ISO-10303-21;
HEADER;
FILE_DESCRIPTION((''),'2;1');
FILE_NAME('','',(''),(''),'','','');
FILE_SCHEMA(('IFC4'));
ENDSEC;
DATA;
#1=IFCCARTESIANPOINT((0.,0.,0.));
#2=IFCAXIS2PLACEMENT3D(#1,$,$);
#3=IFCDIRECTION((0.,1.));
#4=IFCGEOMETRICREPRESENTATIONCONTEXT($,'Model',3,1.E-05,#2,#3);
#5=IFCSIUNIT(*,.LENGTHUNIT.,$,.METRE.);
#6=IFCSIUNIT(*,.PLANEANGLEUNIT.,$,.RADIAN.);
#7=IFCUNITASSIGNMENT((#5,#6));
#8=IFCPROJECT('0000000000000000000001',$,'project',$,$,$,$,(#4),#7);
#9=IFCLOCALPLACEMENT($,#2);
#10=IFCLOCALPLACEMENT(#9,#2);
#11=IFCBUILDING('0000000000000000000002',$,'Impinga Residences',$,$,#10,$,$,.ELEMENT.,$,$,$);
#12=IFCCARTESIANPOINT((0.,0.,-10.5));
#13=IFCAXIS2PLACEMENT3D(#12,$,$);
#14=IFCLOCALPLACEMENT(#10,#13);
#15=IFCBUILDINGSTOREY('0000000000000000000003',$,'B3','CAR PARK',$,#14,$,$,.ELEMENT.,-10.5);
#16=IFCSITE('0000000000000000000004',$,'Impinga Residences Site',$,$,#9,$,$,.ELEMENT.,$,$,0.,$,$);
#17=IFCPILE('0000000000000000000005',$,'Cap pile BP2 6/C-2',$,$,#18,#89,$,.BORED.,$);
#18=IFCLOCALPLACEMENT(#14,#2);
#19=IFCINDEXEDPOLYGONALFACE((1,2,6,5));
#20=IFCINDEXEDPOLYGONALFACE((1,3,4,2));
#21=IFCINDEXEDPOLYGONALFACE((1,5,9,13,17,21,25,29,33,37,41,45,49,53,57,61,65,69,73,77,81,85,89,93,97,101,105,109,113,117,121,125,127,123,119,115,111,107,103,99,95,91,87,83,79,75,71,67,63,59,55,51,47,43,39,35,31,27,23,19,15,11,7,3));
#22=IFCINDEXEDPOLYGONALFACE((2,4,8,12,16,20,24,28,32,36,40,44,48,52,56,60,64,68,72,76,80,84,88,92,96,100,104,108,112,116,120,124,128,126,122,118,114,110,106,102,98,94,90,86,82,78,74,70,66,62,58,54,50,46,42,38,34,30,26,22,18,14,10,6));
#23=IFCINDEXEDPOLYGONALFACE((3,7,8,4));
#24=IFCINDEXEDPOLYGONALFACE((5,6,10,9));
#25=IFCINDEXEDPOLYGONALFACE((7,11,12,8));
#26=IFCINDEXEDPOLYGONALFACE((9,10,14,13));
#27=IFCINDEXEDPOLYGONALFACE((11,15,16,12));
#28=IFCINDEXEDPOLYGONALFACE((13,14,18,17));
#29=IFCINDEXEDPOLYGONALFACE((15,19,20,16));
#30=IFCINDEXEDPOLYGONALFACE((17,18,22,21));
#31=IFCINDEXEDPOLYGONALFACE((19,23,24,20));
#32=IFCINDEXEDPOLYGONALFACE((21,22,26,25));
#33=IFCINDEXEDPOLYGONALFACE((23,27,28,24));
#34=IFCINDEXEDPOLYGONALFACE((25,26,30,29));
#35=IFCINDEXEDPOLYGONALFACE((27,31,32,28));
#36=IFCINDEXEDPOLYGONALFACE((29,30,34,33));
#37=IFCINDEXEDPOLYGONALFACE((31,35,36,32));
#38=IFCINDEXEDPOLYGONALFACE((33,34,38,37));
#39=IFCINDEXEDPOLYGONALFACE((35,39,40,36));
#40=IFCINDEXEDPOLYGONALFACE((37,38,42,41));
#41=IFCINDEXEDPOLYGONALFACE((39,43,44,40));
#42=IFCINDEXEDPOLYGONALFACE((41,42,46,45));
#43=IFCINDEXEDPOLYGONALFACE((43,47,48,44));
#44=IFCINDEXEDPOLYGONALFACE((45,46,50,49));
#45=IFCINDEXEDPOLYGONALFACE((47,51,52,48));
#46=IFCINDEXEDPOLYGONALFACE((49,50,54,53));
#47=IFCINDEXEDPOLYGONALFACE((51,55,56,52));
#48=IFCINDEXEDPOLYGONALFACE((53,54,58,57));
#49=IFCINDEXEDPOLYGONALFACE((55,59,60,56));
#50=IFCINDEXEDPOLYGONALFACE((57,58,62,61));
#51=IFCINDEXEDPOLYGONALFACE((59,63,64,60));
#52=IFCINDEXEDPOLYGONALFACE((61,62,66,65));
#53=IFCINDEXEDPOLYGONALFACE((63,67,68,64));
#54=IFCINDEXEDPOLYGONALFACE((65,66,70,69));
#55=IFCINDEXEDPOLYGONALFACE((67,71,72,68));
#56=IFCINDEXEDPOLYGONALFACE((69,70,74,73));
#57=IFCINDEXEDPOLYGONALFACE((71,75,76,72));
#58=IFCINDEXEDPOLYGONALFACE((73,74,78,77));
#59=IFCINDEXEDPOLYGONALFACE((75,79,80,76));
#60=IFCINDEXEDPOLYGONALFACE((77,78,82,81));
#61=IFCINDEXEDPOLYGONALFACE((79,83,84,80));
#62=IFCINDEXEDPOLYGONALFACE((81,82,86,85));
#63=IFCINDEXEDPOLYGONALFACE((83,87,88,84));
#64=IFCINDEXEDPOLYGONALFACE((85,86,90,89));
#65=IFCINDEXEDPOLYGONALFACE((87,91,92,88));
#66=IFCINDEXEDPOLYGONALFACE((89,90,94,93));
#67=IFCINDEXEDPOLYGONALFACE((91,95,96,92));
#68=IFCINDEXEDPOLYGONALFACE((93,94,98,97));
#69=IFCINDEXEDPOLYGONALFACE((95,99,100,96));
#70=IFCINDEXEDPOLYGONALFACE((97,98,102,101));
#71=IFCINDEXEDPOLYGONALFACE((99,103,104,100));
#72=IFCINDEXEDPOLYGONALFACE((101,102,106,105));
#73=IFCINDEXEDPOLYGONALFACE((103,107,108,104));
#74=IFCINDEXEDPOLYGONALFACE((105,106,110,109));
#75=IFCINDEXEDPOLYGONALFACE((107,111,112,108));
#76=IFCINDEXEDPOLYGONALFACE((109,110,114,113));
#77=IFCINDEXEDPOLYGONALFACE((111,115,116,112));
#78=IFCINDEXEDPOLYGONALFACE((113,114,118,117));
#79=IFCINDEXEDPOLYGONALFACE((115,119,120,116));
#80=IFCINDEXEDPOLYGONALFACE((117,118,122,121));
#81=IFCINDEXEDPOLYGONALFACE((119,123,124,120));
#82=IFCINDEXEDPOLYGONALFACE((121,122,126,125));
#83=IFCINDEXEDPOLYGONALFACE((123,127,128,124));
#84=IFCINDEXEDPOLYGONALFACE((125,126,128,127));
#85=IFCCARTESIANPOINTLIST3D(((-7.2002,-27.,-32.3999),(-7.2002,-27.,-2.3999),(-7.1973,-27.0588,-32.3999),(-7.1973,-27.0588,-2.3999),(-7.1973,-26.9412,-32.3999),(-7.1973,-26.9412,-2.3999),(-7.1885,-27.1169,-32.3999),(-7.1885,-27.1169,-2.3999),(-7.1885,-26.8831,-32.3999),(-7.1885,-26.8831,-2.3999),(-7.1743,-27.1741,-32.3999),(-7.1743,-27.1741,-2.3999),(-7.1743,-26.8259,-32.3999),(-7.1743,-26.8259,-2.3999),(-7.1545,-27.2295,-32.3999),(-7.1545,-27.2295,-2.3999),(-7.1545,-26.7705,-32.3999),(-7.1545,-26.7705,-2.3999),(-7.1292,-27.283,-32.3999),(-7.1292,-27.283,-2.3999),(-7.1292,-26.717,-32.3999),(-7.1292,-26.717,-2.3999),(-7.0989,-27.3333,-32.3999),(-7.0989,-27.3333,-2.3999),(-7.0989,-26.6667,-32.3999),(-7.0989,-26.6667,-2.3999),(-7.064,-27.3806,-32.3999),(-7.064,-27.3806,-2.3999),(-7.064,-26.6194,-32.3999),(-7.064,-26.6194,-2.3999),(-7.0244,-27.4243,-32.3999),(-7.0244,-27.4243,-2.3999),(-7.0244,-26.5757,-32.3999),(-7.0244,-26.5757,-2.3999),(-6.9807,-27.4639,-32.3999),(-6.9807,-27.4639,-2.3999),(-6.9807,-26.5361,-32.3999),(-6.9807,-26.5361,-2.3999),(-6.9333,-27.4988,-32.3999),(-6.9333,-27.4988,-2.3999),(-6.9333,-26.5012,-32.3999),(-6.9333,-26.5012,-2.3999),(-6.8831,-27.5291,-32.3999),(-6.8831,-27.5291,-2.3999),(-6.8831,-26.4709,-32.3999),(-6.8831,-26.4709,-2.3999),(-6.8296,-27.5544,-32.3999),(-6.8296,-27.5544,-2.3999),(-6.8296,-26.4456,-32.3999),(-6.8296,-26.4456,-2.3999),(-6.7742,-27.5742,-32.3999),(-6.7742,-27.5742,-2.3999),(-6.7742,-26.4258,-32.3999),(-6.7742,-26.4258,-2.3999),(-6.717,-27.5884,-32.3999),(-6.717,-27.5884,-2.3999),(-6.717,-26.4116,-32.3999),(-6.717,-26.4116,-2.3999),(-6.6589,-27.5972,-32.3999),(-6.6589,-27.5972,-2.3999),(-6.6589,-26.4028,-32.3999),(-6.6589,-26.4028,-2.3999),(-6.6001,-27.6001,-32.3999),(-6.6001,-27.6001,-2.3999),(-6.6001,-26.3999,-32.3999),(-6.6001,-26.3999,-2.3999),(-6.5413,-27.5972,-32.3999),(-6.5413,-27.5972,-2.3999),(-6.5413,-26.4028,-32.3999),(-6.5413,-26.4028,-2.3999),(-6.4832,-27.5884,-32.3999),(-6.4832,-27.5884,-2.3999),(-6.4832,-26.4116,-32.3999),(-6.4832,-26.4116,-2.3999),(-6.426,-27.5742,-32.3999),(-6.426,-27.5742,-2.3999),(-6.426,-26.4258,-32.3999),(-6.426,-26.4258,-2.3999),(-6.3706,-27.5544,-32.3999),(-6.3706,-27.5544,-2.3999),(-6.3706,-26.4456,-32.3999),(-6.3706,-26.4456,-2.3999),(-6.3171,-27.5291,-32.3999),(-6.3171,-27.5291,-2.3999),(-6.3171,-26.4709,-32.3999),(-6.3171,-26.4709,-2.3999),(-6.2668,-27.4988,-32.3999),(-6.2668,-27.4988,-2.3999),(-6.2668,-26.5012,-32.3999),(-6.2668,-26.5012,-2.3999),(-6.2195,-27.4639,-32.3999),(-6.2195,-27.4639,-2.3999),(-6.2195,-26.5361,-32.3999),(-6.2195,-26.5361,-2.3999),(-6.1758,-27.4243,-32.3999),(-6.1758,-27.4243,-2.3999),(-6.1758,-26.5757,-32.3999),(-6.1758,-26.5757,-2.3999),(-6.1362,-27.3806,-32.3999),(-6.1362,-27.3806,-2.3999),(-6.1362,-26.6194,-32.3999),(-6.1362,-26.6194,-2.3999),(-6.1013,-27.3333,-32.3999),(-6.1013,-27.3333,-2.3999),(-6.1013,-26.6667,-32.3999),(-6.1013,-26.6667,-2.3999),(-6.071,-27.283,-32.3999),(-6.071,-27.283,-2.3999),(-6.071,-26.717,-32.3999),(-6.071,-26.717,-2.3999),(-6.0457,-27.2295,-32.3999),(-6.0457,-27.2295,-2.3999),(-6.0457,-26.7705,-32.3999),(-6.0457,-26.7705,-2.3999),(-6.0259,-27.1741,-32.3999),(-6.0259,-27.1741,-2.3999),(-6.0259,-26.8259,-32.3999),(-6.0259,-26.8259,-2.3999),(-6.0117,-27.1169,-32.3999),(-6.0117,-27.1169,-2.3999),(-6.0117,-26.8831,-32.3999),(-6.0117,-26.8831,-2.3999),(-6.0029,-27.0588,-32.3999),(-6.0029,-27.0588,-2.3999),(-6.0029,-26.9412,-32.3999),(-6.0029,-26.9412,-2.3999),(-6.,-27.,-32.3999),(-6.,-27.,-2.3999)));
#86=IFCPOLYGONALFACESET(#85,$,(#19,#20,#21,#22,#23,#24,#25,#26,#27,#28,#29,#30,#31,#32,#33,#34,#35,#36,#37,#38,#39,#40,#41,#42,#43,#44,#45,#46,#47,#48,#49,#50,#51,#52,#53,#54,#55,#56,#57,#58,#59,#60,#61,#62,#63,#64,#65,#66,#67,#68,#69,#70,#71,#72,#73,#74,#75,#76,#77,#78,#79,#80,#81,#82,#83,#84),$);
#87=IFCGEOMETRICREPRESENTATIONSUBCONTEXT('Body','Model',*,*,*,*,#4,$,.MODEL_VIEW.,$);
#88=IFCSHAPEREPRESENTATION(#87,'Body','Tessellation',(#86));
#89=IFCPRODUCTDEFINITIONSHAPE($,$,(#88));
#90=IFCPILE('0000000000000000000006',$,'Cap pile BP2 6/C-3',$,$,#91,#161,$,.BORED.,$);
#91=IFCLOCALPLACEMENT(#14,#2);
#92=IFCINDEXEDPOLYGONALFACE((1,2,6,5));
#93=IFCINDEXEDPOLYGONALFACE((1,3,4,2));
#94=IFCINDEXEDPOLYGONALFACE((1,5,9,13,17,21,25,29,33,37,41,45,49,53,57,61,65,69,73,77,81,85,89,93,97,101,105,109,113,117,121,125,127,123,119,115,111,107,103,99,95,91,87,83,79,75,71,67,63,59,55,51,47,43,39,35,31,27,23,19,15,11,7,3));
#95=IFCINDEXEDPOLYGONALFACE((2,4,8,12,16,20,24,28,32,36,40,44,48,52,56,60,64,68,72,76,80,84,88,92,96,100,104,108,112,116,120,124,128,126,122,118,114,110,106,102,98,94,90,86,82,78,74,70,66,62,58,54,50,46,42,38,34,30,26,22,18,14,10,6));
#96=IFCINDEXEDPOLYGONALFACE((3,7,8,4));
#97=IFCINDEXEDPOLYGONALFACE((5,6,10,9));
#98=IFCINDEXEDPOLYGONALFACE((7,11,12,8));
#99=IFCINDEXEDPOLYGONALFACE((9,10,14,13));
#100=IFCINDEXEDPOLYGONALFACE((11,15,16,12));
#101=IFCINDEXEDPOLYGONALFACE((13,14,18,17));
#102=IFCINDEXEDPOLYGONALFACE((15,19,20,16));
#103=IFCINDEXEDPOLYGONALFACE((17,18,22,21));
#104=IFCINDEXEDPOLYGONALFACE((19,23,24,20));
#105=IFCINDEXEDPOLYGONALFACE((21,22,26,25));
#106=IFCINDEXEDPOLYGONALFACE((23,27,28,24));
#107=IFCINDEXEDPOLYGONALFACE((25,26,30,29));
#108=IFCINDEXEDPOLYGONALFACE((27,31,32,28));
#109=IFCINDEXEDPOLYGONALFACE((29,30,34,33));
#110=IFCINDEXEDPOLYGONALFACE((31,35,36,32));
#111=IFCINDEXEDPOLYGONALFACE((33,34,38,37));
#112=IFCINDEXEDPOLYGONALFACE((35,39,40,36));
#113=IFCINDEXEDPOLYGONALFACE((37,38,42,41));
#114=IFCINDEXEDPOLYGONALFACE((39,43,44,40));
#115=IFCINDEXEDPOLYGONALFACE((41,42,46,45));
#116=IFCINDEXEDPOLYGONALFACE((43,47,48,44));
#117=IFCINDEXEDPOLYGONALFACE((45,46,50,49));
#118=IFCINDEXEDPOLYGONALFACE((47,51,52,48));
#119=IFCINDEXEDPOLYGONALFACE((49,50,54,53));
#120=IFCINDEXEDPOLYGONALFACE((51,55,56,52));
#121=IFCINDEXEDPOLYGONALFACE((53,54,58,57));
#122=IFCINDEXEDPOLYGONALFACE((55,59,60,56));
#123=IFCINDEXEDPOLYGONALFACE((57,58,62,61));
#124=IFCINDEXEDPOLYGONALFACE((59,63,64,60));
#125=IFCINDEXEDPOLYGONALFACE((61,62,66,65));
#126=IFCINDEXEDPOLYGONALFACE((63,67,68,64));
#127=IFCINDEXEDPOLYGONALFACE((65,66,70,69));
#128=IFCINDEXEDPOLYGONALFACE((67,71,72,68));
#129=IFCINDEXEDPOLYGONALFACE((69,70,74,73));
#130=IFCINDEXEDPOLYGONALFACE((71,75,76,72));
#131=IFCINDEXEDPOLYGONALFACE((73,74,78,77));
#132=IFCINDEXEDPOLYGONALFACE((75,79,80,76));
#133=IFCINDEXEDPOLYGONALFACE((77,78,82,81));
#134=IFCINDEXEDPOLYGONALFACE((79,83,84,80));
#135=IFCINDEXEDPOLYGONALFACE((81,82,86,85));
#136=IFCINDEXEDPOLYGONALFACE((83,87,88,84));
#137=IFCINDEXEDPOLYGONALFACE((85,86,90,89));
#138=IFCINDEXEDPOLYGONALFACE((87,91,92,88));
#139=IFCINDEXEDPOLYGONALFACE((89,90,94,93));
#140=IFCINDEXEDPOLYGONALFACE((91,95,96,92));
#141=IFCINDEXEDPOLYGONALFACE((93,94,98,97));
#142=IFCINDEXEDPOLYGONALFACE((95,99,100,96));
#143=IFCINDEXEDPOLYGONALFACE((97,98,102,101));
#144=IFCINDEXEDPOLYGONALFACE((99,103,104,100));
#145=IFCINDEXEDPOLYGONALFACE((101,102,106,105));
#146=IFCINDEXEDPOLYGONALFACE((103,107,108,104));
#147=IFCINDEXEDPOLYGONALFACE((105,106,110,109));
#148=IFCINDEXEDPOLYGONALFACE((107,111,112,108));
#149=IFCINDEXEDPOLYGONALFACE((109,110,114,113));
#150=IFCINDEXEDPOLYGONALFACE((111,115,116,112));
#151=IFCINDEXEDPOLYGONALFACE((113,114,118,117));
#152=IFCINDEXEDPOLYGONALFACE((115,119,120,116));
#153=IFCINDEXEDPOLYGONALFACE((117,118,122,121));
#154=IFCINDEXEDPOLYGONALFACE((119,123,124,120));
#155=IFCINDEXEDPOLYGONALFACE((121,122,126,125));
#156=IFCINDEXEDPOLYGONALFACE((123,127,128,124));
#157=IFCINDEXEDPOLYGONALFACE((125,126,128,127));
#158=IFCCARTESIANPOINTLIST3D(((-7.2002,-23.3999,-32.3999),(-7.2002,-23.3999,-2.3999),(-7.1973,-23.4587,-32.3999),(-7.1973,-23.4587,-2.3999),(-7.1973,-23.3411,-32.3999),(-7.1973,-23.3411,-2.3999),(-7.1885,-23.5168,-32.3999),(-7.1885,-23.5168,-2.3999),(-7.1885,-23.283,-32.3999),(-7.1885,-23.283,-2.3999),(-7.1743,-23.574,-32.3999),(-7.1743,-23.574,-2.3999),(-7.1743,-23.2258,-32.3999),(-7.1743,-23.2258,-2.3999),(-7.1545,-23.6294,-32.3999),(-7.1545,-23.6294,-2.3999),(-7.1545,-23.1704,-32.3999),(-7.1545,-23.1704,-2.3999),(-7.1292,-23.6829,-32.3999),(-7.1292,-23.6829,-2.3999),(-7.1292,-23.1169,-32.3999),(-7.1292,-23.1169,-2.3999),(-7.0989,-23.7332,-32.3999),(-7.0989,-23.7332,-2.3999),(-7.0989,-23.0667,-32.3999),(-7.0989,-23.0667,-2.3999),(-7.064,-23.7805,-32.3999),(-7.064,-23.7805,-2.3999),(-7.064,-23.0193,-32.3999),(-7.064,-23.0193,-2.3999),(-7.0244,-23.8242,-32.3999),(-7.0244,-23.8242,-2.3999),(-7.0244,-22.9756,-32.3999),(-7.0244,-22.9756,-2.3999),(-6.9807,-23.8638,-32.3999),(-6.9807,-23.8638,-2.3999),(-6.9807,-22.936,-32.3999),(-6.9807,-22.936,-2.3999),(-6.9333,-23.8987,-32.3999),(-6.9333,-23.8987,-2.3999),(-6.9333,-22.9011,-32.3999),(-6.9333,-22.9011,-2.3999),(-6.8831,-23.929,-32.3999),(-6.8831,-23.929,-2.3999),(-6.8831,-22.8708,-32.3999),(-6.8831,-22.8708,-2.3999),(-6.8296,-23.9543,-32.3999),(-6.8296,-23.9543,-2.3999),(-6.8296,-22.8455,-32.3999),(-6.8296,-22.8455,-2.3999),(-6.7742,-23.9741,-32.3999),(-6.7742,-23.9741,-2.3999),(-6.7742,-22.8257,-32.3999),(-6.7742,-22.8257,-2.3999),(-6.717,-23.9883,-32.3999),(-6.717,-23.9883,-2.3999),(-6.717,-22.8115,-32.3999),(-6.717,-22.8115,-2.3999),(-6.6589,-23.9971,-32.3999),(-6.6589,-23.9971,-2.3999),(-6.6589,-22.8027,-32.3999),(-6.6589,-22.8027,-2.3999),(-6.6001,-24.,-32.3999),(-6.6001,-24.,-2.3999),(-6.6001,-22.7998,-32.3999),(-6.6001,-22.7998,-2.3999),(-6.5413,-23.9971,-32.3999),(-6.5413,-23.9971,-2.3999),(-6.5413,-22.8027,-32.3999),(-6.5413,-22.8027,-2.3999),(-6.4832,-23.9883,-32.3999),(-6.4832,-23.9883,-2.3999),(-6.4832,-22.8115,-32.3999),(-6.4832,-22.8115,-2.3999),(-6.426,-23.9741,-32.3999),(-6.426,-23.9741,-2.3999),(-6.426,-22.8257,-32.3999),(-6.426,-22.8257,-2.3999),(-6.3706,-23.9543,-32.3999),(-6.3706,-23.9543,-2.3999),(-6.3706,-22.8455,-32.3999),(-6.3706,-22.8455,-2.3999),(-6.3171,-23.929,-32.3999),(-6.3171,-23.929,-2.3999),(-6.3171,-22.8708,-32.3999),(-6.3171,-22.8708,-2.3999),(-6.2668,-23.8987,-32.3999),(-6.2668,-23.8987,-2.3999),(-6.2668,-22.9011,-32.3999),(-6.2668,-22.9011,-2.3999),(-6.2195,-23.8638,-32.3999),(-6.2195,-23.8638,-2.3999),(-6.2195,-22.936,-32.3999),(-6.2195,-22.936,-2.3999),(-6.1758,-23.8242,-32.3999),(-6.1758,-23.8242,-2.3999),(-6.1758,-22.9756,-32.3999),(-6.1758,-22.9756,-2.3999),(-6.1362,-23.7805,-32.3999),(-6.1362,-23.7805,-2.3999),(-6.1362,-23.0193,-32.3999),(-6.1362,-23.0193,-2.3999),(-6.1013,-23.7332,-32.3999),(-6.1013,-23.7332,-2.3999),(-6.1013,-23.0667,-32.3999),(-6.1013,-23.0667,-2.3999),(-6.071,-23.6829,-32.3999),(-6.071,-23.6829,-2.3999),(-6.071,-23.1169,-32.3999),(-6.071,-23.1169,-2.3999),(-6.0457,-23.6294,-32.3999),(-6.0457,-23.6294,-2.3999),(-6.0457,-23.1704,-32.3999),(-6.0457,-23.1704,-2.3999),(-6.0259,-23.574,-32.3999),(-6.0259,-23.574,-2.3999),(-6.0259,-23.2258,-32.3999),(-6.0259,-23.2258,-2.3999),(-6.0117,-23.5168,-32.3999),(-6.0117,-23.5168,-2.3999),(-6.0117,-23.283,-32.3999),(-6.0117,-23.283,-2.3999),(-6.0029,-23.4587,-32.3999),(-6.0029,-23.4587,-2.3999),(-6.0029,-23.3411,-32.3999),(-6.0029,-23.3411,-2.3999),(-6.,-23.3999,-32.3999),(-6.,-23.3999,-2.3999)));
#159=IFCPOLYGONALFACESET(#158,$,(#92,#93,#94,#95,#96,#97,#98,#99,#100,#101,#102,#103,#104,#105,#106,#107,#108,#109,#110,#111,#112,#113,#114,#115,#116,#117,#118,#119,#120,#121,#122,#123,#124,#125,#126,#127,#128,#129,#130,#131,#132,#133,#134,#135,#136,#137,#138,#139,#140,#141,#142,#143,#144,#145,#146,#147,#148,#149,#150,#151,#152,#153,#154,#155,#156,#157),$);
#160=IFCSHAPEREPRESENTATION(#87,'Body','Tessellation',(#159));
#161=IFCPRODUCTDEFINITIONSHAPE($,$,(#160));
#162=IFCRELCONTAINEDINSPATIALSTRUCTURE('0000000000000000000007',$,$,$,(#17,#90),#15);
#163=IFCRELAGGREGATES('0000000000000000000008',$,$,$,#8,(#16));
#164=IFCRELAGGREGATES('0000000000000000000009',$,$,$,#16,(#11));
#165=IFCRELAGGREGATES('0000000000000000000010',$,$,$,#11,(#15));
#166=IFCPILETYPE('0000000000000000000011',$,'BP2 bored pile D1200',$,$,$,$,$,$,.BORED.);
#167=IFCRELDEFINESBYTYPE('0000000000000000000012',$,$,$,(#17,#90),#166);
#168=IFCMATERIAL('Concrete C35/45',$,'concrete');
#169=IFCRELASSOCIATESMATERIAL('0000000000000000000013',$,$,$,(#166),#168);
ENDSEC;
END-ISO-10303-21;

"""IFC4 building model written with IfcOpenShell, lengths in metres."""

from ifc_helpers import new_model, si_unit, direction, frame, origin, origin_2d, place, context, subcontext, project, spatial, polyline, circle, outline, extrude, material, material_profile, profile_set, type_object, element, save


model = new_model("IFC4")

# Units and contexts
model_context = context("Model", 3, precision=1e-05, world=origin(), true_north=direction((0.0, 1.0)))
body_context = subcontext(model_context, "Body", "Model", "MODEL_VIEW")
ifc_project = project(units=[si_unit("LENGTHUNIT", "METRE"), si_unit("PLANEANGLEUNIT", "RADIAN")], contexts=[model_context])

# Site, building, storey
site_placement = place(None, origin())
site = spatial("IfcSite", under=ifc_project, at=site_placement, Name="Impinga Residences Site", CompositionType="ELEMENT", RefElevation=0.0)
building_placement = place(site_placement, origin())
building = spatial("IfcBuilding", under=site, at=building_placement, Name="Impinga Residences", CompositionType="ELEMENT")
storey_placement = place(building_placement, frame((0.0, 0.0, -10.5)))
storey = spatial("IfcBuildingStorey", under=building, at=storey_placement, Name="B3", Description="CAR PARK", CompositionType="ELEMENT", Elevation=-10.5)

# Piles
ifc_material_1 = material(Name="Concrete C35/45", Category="concrete")
ifc_material_profile_1 = material_profile(ifc_material_1, circle(Radius=0.6001, at=origin_2d()), Name="D1200")
ifc_profile_set_1 = profile_set([ifc_material_profile_1], Name="Concrete C35/45")
pile_type_1 = type_object("IfcPileType", Name="BP2 bored pile D1200", PredefinedType="BORED", material=ifc_profile_set_1)
pile_1_placement = place(storey_placement, frame((-6.6001, -27.0, -2.3999), z_axis=(0.0, 0.0, -1.0), x_axis=(1.0, 0.0, 0.0)))
element("IfcPile", 1, at=pile_1_placement, inside=storey, type_object=pile_type_1, Name="Cap pile BP2 6/C-2", PredefinedType="BORED", context=body_context, shape_type="SweptSolid", body=[
    extrude(outline(polyline([(0.6001, 0.0), (0.5972, 0.0588), (0.5884, 0.1169), (0.5742, 0.1741), (0.5544, 0.2295), (0.5291, 0.283), (0.4988, 0.3333), (0.4639, 0.3806), (0.4243, 0.4243), (0.3806, 0.4639), (0.3333, 0.4988), (0.283, 0.5291), (0.2295, 0.5544), (0.1741, 0.5742), (0.1169, 0.5884), (0.0588, 0.5972), (0.0, 0.6001), (-0.0588, 0.5972), (-0.1169, 0.5884), (-0.1741, 0.5742), (-0.2295, 0.5544), (-0.283, 0.5291), (-0.3333, 0.4988), (-0.3806, 0.4639), (-0.4243, 0.4243), (-0.4639, 0.3806), (-0.4988, 0.3333), (-0.5291, 0.283), (-0.5544, 0.2295), (-0.5742, 0.1741), (-0.5884, 0.1169), (-0.5972, 0.0588), (-0.6001, 0.0), (-0.5972, -0.0588), (-0.5884, -0.1169), (-0.5742, -0.1741), (-0.5544, -0.2295), (-0.5291, -0.283), (-0.4988, -0.3333), (-0.4639, -0.3806), (-0.4243, -0.4243), (-0.3806, -0.4639), (-0.3333, -0.4988), (-0.283, -0.5291), (-0.2295, -0.5544), (-0.1741, -0.5742), (-0.1169, -0.5884), (-0.0588, -0.5972), (0.0, -0.6001), (0.0588, -0.5972), (0.1169, -0.5884), (0.1741, -0.5742), (0.2295, -0.5544), (0.283, -0.5291), (0.3333, -0.4988), (0.3806, -0.4639), (0.4243, -0.4243), (0.4639, -0.3806), (0.4988, -0.3333), (0.5291, -0.283), (0.5544, -0.2295), (0.5742, -0.1741), (0.5884, -0.1169), (0.5972, -0.0588), (0.6001, 0.0)])), origin(), (0.0, 0.0, 1.0), 30.0),
])
pile_2_placement = place(storey_placement, frame((-6.6001, -23.3999, -2.3999), z_axis=(0.0, 0.0, -1.0), x_axis=(1.0, 0.0, 0.0)))
element("IfcPile", 2, at=pile_2_placement, inside=storey, type_object=pile_type_1, Name="Cap pile BP2 6/C-3", PredefinedType="BORED", context=body_context, shape_type="SweptSolid", body=[
    extrude(outline(polyline([(0.6001, 0.0), (0.5972, 0.0588), (0.5884, 0.1169), (0.5742, 0.1741), (0.5544, 0.2295), (0.5291, 0.283), (0.4988, 0.3333), (0.4639, 0.3806), (0.4243, 0.4243), (0.3806, 0.4639), (0.3333, 0.4988), (0.283, 0.5291), (0.2295, 0.5544), (0.1741, 0.5742), (0.1169, 0.5884), (0.0588, 0.5972), (0.0, 0.6001), (-0.0588, 0.5972), (-0.1169, 0.5884), (-0.1741, 0.5742), (-0.2295, 0.5544), (-0.283, 0.5291), (-0.3333, 0.4988), (-0.3806, 0.4639), (-0.4243, 0.4243), (-0.4639, 0.3806), (-0.4988, 0.3333), (-0.5291, 0.283), (-0.5544, 0.2295), (-0.5742, 0.1741), (-0.5884, 0.1169), (-0.5972, 0.0588), (-0.6001, 0.0), (-0.5972, -0.0588), (-0.5884, -0.1169), (-0.5742, -0.1741), (-0.5544, -0.2295), (-0.5291, -0.283), (-0.4988, -0.3333), (-0.4639, -0.3806), (-0.4243, -0.4243), (-0.3806, -0.4639), (-0.3333, -0.4988), (-0.283, -0.5291), (-0.2295, -0.5544), (-0.1741, -0.5742), (-0.1169, -0.5884), (-0.0588, -0.5972), (0.0, -0.6001), (0.0588, -0.5972), (0.1169, -0.5884), (0.1741, -0.5742), (0.2295, -0.5544), (0.283, -0.5291), (0.3333, -0.4988), (0.3806, -0.4639), (0.4243, -0.4243), (0.4639, -0.3806), (0.4988, -0.3333), (0.5291, -0.283), (0.5544, -0.2295), (0.5742, -0.1741), (0.5884, -0.1169), (0.5972, -0.0588), (0.6001, 0.0)])), origin(), (0.0, 0.0, 1.0), 30.0),
])

save(model, "model.ifc")
